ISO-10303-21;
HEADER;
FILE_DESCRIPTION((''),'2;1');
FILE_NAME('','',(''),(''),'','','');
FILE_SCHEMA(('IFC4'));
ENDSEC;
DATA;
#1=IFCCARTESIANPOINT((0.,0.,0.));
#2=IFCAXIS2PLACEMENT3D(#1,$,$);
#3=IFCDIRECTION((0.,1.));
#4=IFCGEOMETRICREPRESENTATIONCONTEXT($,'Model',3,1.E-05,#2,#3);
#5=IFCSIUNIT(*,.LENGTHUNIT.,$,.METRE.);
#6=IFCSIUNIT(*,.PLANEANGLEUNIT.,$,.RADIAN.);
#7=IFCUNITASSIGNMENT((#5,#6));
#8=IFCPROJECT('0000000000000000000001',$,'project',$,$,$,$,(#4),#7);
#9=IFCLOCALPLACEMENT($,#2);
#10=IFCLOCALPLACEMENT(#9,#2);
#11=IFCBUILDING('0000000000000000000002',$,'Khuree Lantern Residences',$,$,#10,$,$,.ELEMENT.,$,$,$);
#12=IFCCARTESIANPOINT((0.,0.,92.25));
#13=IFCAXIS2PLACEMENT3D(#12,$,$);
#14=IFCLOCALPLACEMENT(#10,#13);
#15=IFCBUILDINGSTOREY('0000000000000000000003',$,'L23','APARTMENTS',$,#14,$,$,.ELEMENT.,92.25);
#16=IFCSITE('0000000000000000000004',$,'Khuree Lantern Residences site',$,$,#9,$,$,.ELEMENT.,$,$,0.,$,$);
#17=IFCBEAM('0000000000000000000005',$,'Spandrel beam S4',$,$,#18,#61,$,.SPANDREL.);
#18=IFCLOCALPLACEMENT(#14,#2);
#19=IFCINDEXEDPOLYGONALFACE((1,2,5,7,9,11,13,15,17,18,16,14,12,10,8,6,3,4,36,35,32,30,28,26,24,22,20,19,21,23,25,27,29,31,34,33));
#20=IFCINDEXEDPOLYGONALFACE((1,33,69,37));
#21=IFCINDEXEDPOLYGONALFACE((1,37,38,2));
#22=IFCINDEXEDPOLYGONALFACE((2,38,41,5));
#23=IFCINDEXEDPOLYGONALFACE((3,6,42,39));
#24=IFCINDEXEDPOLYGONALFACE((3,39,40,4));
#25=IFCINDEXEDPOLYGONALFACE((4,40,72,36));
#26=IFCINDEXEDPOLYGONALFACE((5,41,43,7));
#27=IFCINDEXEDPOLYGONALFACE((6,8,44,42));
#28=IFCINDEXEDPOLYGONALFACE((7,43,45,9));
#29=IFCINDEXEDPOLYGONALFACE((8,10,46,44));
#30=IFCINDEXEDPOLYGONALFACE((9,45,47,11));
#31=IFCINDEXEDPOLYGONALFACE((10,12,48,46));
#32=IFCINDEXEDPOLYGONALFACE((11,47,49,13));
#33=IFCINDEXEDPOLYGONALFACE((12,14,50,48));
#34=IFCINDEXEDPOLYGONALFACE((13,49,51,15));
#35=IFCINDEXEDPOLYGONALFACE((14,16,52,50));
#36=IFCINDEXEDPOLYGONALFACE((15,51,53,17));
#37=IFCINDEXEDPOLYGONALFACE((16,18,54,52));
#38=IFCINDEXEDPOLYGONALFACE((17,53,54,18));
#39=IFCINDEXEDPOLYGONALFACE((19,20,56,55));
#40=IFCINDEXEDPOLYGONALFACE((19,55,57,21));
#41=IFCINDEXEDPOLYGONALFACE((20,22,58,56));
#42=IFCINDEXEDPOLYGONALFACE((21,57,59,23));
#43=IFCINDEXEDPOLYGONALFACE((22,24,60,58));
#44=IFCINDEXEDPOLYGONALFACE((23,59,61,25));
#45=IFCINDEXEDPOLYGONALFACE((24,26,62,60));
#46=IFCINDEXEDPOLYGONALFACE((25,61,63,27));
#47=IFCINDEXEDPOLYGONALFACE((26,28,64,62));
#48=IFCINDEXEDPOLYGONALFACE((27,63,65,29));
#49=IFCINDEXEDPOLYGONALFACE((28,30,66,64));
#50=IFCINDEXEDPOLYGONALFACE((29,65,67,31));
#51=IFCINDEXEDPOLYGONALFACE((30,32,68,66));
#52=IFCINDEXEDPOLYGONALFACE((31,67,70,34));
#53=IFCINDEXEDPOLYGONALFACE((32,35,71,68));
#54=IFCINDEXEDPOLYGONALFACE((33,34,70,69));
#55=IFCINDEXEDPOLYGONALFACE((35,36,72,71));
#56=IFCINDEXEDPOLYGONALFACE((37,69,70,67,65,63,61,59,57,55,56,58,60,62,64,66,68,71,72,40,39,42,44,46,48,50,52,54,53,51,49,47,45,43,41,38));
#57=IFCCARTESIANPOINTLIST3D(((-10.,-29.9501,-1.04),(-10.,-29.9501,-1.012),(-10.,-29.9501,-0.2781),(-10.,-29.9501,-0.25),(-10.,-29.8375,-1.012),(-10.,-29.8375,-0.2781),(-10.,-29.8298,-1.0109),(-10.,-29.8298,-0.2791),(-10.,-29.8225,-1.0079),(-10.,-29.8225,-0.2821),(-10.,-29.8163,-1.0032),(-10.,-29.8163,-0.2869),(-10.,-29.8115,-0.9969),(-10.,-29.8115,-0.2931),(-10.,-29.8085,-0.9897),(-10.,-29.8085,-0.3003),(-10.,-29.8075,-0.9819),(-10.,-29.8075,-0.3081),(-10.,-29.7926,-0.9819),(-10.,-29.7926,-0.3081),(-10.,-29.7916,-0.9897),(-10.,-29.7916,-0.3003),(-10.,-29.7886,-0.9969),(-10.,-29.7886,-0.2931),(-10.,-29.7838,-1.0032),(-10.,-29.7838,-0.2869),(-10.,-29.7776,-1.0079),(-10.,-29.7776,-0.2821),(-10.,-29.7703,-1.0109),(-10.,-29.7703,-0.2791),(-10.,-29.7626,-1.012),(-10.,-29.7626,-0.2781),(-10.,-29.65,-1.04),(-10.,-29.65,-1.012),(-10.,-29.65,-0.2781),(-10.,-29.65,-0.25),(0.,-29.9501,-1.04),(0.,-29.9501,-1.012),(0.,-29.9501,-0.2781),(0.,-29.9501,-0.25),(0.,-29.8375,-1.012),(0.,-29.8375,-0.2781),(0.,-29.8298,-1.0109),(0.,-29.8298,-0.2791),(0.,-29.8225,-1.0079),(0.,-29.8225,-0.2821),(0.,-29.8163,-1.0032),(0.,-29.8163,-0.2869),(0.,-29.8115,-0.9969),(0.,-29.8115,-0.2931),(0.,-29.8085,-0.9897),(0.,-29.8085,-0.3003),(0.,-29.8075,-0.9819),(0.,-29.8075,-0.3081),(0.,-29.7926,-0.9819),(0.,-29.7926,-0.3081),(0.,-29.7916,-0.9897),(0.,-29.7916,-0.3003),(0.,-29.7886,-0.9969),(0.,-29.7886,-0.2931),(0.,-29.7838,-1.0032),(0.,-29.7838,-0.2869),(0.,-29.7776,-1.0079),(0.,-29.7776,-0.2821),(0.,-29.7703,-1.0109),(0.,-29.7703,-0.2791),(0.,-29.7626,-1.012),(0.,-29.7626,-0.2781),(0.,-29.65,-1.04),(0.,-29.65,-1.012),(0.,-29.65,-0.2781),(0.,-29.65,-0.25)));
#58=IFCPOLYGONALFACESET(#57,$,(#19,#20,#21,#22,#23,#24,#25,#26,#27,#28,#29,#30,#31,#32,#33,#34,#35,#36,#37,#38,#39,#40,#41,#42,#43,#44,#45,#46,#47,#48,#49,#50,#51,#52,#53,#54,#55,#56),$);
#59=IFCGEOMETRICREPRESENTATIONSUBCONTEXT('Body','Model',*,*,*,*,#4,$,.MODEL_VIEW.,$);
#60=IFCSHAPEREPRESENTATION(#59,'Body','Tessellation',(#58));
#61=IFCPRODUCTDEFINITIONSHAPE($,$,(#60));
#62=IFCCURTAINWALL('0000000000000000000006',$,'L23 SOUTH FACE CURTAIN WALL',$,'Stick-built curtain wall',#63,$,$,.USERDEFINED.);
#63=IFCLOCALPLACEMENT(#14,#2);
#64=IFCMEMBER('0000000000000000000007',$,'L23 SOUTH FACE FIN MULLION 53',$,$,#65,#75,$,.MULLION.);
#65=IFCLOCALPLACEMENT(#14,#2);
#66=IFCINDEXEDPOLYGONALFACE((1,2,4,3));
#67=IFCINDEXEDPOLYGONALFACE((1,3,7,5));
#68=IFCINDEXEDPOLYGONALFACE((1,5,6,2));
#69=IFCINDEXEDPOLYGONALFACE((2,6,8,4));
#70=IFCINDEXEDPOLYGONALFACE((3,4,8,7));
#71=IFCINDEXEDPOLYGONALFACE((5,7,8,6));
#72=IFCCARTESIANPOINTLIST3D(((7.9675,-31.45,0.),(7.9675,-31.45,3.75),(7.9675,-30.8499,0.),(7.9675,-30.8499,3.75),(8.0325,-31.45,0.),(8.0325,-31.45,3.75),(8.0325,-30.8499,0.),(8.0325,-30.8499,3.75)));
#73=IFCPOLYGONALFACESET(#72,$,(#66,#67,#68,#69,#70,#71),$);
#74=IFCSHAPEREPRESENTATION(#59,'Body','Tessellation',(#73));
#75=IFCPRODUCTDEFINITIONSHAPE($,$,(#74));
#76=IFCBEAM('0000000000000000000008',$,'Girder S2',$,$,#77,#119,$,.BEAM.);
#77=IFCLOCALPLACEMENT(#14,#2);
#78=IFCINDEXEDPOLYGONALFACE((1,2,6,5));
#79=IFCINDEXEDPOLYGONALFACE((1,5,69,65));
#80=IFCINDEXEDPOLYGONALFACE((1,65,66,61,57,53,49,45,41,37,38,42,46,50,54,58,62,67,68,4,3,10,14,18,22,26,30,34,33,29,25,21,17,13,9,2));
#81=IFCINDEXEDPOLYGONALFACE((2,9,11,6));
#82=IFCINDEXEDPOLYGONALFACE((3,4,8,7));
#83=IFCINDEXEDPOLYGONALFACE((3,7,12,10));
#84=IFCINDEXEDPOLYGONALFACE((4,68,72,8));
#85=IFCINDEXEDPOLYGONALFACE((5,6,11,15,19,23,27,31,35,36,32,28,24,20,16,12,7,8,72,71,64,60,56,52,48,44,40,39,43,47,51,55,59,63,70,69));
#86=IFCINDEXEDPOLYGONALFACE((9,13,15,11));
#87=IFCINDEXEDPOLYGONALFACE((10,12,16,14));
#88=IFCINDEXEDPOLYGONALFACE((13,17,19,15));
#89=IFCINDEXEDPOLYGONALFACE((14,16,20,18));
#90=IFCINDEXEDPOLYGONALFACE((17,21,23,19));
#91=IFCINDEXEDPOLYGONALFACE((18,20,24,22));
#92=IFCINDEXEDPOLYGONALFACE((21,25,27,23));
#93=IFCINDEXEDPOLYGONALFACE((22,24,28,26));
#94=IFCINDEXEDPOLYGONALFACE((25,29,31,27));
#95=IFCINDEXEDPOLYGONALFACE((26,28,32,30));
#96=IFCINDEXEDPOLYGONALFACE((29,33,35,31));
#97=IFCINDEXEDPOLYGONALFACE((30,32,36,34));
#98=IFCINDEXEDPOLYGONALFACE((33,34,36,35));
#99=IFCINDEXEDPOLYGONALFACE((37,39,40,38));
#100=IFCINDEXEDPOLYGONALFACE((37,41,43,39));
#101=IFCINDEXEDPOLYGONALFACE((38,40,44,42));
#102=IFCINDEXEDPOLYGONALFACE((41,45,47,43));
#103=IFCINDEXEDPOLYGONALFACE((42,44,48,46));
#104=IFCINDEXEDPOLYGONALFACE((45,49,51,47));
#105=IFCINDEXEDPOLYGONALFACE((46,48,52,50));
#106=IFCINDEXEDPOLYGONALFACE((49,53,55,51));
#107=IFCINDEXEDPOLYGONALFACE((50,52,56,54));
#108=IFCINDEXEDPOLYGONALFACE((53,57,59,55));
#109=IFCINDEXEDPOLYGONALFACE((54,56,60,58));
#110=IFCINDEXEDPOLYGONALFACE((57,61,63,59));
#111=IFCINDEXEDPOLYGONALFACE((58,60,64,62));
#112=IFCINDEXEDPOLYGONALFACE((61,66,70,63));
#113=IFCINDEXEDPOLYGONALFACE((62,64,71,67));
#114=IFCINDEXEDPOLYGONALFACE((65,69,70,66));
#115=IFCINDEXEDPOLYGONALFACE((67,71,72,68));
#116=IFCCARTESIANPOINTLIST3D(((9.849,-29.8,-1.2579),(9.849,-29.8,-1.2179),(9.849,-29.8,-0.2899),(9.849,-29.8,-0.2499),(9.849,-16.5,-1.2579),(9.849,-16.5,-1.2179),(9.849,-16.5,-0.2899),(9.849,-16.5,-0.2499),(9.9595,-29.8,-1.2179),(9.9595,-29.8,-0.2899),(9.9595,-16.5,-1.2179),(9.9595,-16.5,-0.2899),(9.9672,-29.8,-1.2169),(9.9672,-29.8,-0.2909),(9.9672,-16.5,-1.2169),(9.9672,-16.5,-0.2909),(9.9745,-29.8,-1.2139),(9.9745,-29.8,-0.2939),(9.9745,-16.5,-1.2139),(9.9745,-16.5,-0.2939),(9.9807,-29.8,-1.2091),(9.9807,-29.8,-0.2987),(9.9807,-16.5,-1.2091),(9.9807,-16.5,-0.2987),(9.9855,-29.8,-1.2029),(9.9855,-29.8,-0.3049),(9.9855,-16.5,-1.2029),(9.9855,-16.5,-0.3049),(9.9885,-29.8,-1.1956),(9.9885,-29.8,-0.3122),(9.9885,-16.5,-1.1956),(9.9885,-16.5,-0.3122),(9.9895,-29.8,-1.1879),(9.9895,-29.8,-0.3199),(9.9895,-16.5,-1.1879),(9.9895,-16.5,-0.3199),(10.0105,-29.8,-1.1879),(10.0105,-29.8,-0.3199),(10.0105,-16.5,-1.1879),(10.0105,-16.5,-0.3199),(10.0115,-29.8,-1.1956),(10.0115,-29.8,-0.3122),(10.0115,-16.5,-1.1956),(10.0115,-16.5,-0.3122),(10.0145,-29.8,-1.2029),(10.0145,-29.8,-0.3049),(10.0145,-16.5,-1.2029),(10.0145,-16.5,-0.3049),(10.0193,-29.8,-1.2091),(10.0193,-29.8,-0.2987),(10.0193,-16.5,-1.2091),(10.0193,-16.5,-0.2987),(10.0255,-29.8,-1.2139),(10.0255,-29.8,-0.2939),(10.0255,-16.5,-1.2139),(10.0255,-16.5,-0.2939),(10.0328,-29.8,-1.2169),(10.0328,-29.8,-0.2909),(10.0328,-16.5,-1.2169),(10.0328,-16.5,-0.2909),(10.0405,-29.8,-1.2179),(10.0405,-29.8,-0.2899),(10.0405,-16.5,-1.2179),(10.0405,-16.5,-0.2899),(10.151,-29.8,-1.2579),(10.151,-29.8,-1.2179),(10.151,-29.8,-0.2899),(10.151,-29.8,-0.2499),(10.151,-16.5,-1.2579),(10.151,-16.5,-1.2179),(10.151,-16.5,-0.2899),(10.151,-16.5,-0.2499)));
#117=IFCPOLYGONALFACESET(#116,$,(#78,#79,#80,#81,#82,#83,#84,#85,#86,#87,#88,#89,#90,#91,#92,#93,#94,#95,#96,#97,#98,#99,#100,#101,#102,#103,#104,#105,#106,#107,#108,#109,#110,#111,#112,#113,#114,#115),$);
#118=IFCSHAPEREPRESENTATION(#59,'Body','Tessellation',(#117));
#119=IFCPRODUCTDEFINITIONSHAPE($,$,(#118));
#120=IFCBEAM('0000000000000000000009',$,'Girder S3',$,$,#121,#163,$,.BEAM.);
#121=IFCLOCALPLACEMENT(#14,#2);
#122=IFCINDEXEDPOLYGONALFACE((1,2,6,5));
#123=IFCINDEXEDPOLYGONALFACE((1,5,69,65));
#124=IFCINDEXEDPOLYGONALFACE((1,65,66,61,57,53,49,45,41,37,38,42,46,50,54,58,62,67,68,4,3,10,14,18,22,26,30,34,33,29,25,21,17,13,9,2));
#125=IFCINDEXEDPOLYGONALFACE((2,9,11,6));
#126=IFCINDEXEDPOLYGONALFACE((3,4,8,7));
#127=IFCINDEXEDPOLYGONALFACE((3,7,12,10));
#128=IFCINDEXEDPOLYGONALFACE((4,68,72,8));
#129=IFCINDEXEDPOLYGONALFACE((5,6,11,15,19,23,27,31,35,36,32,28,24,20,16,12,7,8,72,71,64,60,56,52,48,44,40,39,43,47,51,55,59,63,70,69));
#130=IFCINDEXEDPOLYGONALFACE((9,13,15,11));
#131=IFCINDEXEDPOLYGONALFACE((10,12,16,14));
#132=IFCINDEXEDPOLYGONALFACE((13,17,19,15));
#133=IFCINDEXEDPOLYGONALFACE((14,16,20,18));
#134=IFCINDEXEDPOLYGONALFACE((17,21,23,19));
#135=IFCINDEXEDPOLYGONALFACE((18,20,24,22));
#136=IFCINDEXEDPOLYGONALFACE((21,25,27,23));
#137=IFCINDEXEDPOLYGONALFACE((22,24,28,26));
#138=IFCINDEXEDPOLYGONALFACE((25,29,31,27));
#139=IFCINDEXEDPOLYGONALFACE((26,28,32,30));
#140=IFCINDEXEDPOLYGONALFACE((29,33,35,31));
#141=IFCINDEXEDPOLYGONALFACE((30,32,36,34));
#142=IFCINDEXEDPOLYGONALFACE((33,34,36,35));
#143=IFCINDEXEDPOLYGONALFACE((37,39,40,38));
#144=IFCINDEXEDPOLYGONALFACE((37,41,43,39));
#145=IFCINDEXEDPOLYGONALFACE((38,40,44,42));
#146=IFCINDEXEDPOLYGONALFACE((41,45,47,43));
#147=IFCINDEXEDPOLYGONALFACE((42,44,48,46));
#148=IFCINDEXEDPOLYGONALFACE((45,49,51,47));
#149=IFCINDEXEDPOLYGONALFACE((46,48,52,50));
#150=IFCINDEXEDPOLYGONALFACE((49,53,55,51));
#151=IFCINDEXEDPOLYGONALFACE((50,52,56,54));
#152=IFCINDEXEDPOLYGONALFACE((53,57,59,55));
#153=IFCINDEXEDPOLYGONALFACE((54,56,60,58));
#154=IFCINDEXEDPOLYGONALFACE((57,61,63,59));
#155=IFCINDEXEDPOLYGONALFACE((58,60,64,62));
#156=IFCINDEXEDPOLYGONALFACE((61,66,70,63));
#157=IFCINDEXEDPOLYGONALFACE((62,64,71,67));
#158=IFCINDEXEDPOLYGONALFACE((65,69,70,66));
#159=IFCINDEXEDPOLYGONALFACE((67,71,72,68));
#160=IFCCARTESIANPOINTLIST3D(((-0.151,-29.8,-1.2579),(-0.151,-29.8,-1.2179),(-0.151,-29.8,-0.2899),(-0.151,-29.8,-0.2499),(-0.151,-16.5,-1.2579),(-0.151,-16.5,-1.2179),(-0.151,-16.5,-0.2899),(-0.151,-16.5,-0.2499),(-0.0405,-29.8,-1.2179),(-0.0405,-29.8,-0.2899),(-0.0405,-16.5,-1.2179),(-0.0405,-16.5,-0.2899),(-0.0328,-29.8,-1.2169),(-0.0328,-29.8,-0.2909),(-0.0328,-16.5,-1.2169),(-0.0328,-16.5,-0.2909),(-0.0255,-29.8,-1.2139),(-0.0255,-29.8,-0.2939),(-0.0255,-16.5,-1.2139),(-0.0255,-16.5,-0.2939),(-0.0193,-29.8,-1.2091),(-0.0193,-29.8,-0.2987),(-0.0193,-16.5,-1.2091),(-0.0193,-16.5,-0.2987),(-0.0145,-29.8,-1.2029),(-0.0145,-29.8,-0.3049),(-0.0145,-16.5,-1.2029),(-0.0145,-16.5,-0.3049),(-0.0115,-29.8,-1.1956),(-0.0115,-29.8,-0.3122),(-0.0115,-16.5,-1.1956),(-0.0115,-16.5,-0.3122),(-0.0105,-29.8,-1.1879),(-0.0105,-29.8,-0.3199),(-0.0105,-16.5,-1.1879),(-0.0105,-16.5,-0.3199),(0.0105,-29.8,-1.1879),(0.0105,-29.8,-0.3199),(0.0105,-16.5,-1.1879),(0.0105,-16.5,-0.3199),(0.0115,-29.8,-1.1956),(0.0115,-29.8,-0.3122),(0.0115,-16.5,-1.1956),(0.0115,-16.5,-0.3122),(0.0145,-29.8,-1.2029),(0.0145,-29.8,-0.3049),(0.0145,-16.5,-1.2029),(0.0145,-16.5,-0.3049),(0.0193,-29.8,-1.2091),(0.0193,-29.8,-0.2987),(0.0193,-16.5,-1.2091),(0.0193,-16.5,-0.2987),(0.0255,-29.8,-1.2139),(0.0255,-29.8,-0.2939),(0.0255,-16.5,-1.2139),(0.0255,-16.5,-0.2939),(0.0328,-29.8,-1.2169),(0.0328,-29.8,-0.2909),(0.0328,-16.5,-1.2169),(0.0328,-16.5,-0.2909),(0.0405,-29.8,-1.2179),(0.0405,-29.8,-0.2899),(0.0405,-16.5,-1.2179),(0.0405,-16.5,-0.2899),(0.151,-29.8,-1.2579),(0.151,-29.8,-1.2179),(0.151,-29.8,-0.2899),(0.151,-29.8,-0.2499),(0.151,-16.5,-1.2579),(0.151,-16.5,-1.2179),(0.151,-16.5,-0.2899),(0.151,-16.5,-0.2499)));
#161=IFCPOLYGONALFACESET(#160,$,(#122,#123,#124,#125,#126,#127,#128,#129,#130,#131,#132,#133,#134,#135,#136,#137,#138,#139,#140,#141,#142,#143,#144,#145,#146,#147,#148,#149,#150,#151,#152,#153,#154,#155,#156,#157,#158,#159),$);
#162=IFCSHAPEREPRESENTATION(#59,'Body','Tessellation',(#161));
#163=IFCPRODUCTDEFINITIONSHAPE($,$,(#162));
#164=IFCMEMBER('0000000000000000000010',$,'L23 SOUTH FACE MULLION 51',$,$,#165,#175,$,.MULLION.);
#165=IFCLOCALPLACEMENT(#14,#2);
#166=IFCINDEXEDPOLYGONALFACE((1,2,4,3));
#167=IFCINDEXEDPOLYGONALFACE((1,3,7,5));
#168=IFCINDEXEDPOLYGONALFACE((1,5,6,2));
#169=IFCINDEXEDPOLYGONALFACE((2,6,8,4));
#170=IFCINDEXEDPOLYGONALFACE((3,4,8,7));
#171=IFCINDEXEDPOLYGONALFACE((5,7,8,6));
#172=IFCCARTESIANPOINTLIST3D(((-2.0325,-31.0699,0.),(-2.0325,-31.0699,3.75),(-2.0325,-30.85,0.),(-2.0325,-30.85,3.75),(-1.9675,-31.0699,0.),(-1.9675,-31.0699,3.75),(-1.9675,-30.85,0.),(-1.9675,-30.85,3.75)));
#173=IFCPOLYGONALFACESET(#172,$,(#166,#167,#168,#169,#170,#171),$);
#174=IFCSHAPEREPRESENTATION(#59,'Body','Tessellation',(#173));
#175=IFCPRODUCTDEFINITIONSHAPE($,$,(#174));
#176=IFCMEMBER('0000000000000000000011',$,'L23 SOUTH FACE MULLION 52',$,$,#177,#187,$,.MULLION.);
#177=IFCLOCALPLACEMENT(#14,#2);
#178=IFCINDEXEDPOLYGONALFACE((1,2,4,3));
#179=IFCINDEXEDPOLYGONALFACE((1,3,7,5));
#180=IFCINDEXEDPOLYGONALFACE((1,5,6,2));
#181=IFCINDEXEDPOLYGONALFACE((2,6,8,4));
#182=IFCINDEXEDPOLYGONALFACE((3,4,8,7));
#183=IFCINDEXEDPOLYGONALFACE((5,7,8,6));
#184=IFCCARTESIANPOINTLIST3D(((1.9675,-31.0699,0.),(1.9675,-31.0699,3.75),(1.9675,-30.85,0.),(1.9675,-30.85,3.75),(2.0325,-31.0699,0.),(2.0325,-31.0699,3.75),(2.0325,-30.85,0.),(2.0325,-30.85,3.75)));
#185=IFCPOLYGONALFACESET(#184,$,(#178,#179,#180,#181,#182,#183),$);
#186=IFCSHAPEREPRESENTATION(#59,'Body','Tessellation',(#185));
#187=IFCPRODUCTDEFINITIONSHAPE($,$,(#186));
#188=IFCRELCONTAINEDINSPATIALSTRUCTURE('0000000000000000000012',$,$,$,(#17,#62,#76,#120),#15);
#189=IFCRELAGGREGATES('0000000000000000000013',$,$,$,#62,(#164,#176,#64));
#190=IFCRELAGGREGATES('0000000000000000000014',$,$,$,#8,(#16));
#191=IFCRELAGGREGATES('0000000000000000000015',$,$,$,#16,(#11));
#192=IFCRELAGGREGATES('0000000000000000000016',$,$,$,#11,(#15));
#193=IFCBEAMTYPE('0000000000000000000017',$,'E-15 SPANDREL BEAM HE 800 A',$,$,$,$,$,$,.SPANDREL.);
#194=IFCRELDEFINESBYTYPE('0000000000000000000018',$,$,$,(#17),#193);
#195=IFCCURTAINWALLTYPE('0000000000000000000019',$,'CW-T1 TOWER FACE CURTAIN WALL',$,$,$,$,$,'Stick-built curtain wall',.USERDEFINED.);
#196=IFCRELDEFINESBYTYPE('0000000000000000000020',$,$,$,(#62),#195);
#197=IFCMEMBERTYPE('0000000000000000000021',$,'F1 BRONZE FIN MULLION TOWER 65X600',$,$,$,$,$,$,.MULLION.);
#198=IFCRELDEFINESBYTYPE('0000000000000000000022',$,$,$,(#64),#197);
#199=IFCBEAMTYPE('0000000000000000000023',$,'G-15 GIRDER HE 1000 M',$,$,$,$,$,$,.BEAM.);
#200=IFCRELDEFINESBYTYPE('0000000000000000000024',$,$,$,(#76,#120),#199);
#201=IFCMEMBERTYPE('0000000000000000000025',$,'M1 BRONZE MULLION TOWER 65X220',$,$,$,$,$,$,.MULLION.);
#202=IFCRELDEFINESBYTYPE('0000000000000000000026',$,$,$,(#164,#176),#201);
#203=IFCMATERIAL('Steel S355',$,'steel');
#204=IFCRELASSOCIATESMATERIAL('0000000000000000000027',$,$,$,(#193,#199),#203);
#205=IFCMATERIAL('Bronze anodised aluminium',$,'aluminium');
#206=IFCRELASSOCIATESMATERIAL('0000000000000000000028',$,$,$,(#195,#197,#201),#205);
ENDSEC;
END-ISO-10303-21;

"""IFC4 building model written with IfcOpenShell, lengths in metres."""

from ifc_helpers import new_model, si_unit, direction, frame, origin, origin_2d, place, context, subcontext, project, spatial, rectangle, i_section, extrude, material, material_profile, profile_set, type_object, element, aggregate, save


model = new_model("IFC4")

# Units and contexts
model_context = context("Model", 3, precision=1e-05, world=origin(), true_north=direction((0.0, 1.0)))
body_context = subcontext(model_context, "Body", "Model", "MODEL_VIEW")
ifc_project = project(units=[si_unit("LENGTHUNIT", "METRE"), si_unit("PLANEANGLEUNIT", "RADIAN")], contexts=[model_context])

# Site, building, storey
site_placement = place(None, origin())
site = spatial("IfcSite", under=ifc_project, at=site_placement, Name="Khuree Lantern Residences site", CompositionType="ELEMENT", RefElevation=0.0)
building_placement = place(site_placement, origin())
building = spatial("IfcBuilding", under=site, at=building_placement, Name="Khuree Lantern Residences", CompositionType="ELEMENT")
storey_placement = place(building_placement, frame((0.0, 0.0, 92.25)))
storey = spatial("IfcBuildingStorey", under=building, at=storey_placement, Name="L23", Description="APARTMENTS", CompositionType="ELEMENT", Elevation=92.25)

# Beam
ifc_material_1 = material(Name="Steel S355", Category="steel")
ifc_material_profile_1 = material_profile(ifc_material_1, i_section(OverallWidth=0.3, OverallDepth=0.79, WebThickness=0.0149, FlangeThickness=0.0281, FilletRadius=0.03, at=origin_2d()), Name="HE 800 A")
ifc_profile_set_1 = profile_set([ifc_material_profile_1], Name="Steel S355")
beam_type_1 = type_object("IfcBeamType", Name="E-15 SPANDREL BEAM HE 800 A", PredefinedType="SPANDREL", material=ifc_profile_set_1)
for number, where, z_axis, x_axis, name in (
    (1, (0.0, -29.8, -0.645), (-1.0, 0.0, 0.0), (0.0, -1.0, 0.0), "Spandrel beam S4"),
):
    element("IfcBeam", number, at=place(storey_placement, frame(where, z_axis=z_axis, x_axis=x_axis)), inside=storey, type_object=beam_type_1, Name=name, PredefinedType="SPANDREL", context=body_context, shape_type="SweptSolid", body=[
        extrude(i_section(OverallWidth=0.3, OverallDepth=0.79, WebThickness=0.0149, FlangeThickness=0.0281, FilletRadius=0.03, at=origin_2d()), origin(), (0.0, 0.0, 1.0), 10.0),
    ])

# Curtain wall, member
ifc_material_2 = material(Name="Bronze anodised aluminium", Category="aluminium")
curtain_wall_type = type_object("IfcCurtainWallType", Name="CW-T1 TOWER FACE CURTAIN WALL", ElementType="Stick-built curtain wall", PredefinedType="USERDEFINED", material=ifc_material_2)
curtain_wall_placement = place(storey_placement, origin())
curtain_wall = element("IfcCurtainWall", 2, at=curtain_wall_placement, inside=storey, type_object=curtain_wall_type, Name="L23 SOUTH FACE CURTAIN WALL", ObjectType="Stick-built curtain wall", PredefinedType="USERDEFINED")
ifc_material_profile_2 = material_profile(ifc_material_2, rectangle(XDim=0.0649, YDim=0.6001, at=origin_2d()), Name="F1 65X600")
ifc_profile_set_2 = profile_set([ifc_material_profile_2], Name="Bronze anodised aluminium")
member_type_1 = type_object("IfcMemberType", Name="F1 BRONZE FIN MULLION TOWER 65X600", PredefinedType="MULLION", material=ifc_profile_set_2)
member_1_placement = place(storey_placement, frame((8.0, -31.1499, 0.0), z_axis=(0.0, 0.0, 1.0), x_axis=(1.0, 0.0, 0.0)))
member_1 = element("IfcMember", 3, at=member_1_placement, type_object=member_type_1, Name="L23 SOUTH FACE FIN MULLION 53", PredefinedType="MULLION", context=body_context, shape_type="SweptSolid", body=[
    extrude(rectangle(XDim=0.0649, YDim=0.6001, at=origin_2d()), origin(), (0.0, 0.0, 1.0), 3.75),
])

# Beams
ifc_material_profile_3 = material_profile(ifc_material_1, i_section(OverallWidth=0.302, OverallDepth=1.0081, WebThickness=0.021, FlangeThickness=0.04, FilletRadius=0.03, at=origin_2d()), Name="HE 1000 M")
ifc_profile_set_3 = profile_set([ifc_material_profile_3], Name="Steel S355")
beam_type_2 = type_object("IfcBeamType", Name="G-15 GIRDER HE 1000 M", PredefinedType="BEAM", material=ifc_profile_set_3)
for number, where, z_axis, x_axis, name in (
    (4, (10.0, -29.8, -0.7539), (0.0, 1.0, 0.0), (-1.0, 0.0, 0.0), "Girder S2"),
    (5, (0.0, -29.8, -0.7539), (0.0, 1.0, 0.0), (-1.0, 0.0, 0.0), "Girder S3"),
):
    element("IfcBeam", number, at=place(storey_placement, frame(where, z_axis=z_axis, x_axis=x_axis)), inside=storey, type_object=beam_type_2, Name=name, PredefinedType="BEAM", context=body_context, shape_type="SweptSolid", body=[
        extrude(i_section(OverallWidth=0.302, OverallDepth=1.0081, WebThickness=0.021, FlangeThickness=0.04, FilletRadius=0.03, at=origin_2d()), origin(), (0.0, 0.0, 1.0), 13.3),
    ])

# Members
ifc_material_profile_4 = material_profile(ifc_material_2, rectangle(XDim=0.0649, YDim=0.22, at=origin_2d()), Name="M1 65X220")
ifc_profile_set_4 = profile_set([ifc_material_profile_4], Name="Bronze anodised aluminium")
member_type_2 = type_object("IfcMemberType", Name="M1 BRONZE MULLION TOWER 65X220", PredefinedType="MULLION", material=ifc_profile_set_4)
member_2_placement = place(storey_placement, frame((-2.0, -30.96, 0.0), z_axis=(0.0, 0.0, 1.0), x_axis=(1.0, 0.0, 0.0)))
member_2 = element("IfcMember", 6, at=member_2_placement, type_object=member_type_2, Name="L23 SOUTH FACE MULLION 51", PredefinedType="MULLION", context=body_context, shape_type="SweptSolid", body=[
    extrude(rectangle(XDim=0.0649, YDim=0.22, at=origin_2d()), origin(), (0.0, 0.0, 1.0), 3.75),
])
member_3_placement = place(storey_placement, frame((2.0, -30.96, 0.0), z_axis=(0.0, 0.0, 1.0), x_axis=(1.0, 0.0, 0.0)))
member_3 = element("IfcMember", 7, at=member_3_placement, type_object=member_type_2, Name="L23 SOUTH FACE MULLION 52", PredefinedType="MULLION", context=body_context, shape_type="SweptSolid", body=[
    extrude(rectangle(XDim=0.0649, YDim=0.22, at=origin_2d()), origin(), (0.0, 0.0, 1.0), 3.75),
])

aggregate(curtain_wall, [member_2, member_3, member_1])

save(model, "model.ifc")
